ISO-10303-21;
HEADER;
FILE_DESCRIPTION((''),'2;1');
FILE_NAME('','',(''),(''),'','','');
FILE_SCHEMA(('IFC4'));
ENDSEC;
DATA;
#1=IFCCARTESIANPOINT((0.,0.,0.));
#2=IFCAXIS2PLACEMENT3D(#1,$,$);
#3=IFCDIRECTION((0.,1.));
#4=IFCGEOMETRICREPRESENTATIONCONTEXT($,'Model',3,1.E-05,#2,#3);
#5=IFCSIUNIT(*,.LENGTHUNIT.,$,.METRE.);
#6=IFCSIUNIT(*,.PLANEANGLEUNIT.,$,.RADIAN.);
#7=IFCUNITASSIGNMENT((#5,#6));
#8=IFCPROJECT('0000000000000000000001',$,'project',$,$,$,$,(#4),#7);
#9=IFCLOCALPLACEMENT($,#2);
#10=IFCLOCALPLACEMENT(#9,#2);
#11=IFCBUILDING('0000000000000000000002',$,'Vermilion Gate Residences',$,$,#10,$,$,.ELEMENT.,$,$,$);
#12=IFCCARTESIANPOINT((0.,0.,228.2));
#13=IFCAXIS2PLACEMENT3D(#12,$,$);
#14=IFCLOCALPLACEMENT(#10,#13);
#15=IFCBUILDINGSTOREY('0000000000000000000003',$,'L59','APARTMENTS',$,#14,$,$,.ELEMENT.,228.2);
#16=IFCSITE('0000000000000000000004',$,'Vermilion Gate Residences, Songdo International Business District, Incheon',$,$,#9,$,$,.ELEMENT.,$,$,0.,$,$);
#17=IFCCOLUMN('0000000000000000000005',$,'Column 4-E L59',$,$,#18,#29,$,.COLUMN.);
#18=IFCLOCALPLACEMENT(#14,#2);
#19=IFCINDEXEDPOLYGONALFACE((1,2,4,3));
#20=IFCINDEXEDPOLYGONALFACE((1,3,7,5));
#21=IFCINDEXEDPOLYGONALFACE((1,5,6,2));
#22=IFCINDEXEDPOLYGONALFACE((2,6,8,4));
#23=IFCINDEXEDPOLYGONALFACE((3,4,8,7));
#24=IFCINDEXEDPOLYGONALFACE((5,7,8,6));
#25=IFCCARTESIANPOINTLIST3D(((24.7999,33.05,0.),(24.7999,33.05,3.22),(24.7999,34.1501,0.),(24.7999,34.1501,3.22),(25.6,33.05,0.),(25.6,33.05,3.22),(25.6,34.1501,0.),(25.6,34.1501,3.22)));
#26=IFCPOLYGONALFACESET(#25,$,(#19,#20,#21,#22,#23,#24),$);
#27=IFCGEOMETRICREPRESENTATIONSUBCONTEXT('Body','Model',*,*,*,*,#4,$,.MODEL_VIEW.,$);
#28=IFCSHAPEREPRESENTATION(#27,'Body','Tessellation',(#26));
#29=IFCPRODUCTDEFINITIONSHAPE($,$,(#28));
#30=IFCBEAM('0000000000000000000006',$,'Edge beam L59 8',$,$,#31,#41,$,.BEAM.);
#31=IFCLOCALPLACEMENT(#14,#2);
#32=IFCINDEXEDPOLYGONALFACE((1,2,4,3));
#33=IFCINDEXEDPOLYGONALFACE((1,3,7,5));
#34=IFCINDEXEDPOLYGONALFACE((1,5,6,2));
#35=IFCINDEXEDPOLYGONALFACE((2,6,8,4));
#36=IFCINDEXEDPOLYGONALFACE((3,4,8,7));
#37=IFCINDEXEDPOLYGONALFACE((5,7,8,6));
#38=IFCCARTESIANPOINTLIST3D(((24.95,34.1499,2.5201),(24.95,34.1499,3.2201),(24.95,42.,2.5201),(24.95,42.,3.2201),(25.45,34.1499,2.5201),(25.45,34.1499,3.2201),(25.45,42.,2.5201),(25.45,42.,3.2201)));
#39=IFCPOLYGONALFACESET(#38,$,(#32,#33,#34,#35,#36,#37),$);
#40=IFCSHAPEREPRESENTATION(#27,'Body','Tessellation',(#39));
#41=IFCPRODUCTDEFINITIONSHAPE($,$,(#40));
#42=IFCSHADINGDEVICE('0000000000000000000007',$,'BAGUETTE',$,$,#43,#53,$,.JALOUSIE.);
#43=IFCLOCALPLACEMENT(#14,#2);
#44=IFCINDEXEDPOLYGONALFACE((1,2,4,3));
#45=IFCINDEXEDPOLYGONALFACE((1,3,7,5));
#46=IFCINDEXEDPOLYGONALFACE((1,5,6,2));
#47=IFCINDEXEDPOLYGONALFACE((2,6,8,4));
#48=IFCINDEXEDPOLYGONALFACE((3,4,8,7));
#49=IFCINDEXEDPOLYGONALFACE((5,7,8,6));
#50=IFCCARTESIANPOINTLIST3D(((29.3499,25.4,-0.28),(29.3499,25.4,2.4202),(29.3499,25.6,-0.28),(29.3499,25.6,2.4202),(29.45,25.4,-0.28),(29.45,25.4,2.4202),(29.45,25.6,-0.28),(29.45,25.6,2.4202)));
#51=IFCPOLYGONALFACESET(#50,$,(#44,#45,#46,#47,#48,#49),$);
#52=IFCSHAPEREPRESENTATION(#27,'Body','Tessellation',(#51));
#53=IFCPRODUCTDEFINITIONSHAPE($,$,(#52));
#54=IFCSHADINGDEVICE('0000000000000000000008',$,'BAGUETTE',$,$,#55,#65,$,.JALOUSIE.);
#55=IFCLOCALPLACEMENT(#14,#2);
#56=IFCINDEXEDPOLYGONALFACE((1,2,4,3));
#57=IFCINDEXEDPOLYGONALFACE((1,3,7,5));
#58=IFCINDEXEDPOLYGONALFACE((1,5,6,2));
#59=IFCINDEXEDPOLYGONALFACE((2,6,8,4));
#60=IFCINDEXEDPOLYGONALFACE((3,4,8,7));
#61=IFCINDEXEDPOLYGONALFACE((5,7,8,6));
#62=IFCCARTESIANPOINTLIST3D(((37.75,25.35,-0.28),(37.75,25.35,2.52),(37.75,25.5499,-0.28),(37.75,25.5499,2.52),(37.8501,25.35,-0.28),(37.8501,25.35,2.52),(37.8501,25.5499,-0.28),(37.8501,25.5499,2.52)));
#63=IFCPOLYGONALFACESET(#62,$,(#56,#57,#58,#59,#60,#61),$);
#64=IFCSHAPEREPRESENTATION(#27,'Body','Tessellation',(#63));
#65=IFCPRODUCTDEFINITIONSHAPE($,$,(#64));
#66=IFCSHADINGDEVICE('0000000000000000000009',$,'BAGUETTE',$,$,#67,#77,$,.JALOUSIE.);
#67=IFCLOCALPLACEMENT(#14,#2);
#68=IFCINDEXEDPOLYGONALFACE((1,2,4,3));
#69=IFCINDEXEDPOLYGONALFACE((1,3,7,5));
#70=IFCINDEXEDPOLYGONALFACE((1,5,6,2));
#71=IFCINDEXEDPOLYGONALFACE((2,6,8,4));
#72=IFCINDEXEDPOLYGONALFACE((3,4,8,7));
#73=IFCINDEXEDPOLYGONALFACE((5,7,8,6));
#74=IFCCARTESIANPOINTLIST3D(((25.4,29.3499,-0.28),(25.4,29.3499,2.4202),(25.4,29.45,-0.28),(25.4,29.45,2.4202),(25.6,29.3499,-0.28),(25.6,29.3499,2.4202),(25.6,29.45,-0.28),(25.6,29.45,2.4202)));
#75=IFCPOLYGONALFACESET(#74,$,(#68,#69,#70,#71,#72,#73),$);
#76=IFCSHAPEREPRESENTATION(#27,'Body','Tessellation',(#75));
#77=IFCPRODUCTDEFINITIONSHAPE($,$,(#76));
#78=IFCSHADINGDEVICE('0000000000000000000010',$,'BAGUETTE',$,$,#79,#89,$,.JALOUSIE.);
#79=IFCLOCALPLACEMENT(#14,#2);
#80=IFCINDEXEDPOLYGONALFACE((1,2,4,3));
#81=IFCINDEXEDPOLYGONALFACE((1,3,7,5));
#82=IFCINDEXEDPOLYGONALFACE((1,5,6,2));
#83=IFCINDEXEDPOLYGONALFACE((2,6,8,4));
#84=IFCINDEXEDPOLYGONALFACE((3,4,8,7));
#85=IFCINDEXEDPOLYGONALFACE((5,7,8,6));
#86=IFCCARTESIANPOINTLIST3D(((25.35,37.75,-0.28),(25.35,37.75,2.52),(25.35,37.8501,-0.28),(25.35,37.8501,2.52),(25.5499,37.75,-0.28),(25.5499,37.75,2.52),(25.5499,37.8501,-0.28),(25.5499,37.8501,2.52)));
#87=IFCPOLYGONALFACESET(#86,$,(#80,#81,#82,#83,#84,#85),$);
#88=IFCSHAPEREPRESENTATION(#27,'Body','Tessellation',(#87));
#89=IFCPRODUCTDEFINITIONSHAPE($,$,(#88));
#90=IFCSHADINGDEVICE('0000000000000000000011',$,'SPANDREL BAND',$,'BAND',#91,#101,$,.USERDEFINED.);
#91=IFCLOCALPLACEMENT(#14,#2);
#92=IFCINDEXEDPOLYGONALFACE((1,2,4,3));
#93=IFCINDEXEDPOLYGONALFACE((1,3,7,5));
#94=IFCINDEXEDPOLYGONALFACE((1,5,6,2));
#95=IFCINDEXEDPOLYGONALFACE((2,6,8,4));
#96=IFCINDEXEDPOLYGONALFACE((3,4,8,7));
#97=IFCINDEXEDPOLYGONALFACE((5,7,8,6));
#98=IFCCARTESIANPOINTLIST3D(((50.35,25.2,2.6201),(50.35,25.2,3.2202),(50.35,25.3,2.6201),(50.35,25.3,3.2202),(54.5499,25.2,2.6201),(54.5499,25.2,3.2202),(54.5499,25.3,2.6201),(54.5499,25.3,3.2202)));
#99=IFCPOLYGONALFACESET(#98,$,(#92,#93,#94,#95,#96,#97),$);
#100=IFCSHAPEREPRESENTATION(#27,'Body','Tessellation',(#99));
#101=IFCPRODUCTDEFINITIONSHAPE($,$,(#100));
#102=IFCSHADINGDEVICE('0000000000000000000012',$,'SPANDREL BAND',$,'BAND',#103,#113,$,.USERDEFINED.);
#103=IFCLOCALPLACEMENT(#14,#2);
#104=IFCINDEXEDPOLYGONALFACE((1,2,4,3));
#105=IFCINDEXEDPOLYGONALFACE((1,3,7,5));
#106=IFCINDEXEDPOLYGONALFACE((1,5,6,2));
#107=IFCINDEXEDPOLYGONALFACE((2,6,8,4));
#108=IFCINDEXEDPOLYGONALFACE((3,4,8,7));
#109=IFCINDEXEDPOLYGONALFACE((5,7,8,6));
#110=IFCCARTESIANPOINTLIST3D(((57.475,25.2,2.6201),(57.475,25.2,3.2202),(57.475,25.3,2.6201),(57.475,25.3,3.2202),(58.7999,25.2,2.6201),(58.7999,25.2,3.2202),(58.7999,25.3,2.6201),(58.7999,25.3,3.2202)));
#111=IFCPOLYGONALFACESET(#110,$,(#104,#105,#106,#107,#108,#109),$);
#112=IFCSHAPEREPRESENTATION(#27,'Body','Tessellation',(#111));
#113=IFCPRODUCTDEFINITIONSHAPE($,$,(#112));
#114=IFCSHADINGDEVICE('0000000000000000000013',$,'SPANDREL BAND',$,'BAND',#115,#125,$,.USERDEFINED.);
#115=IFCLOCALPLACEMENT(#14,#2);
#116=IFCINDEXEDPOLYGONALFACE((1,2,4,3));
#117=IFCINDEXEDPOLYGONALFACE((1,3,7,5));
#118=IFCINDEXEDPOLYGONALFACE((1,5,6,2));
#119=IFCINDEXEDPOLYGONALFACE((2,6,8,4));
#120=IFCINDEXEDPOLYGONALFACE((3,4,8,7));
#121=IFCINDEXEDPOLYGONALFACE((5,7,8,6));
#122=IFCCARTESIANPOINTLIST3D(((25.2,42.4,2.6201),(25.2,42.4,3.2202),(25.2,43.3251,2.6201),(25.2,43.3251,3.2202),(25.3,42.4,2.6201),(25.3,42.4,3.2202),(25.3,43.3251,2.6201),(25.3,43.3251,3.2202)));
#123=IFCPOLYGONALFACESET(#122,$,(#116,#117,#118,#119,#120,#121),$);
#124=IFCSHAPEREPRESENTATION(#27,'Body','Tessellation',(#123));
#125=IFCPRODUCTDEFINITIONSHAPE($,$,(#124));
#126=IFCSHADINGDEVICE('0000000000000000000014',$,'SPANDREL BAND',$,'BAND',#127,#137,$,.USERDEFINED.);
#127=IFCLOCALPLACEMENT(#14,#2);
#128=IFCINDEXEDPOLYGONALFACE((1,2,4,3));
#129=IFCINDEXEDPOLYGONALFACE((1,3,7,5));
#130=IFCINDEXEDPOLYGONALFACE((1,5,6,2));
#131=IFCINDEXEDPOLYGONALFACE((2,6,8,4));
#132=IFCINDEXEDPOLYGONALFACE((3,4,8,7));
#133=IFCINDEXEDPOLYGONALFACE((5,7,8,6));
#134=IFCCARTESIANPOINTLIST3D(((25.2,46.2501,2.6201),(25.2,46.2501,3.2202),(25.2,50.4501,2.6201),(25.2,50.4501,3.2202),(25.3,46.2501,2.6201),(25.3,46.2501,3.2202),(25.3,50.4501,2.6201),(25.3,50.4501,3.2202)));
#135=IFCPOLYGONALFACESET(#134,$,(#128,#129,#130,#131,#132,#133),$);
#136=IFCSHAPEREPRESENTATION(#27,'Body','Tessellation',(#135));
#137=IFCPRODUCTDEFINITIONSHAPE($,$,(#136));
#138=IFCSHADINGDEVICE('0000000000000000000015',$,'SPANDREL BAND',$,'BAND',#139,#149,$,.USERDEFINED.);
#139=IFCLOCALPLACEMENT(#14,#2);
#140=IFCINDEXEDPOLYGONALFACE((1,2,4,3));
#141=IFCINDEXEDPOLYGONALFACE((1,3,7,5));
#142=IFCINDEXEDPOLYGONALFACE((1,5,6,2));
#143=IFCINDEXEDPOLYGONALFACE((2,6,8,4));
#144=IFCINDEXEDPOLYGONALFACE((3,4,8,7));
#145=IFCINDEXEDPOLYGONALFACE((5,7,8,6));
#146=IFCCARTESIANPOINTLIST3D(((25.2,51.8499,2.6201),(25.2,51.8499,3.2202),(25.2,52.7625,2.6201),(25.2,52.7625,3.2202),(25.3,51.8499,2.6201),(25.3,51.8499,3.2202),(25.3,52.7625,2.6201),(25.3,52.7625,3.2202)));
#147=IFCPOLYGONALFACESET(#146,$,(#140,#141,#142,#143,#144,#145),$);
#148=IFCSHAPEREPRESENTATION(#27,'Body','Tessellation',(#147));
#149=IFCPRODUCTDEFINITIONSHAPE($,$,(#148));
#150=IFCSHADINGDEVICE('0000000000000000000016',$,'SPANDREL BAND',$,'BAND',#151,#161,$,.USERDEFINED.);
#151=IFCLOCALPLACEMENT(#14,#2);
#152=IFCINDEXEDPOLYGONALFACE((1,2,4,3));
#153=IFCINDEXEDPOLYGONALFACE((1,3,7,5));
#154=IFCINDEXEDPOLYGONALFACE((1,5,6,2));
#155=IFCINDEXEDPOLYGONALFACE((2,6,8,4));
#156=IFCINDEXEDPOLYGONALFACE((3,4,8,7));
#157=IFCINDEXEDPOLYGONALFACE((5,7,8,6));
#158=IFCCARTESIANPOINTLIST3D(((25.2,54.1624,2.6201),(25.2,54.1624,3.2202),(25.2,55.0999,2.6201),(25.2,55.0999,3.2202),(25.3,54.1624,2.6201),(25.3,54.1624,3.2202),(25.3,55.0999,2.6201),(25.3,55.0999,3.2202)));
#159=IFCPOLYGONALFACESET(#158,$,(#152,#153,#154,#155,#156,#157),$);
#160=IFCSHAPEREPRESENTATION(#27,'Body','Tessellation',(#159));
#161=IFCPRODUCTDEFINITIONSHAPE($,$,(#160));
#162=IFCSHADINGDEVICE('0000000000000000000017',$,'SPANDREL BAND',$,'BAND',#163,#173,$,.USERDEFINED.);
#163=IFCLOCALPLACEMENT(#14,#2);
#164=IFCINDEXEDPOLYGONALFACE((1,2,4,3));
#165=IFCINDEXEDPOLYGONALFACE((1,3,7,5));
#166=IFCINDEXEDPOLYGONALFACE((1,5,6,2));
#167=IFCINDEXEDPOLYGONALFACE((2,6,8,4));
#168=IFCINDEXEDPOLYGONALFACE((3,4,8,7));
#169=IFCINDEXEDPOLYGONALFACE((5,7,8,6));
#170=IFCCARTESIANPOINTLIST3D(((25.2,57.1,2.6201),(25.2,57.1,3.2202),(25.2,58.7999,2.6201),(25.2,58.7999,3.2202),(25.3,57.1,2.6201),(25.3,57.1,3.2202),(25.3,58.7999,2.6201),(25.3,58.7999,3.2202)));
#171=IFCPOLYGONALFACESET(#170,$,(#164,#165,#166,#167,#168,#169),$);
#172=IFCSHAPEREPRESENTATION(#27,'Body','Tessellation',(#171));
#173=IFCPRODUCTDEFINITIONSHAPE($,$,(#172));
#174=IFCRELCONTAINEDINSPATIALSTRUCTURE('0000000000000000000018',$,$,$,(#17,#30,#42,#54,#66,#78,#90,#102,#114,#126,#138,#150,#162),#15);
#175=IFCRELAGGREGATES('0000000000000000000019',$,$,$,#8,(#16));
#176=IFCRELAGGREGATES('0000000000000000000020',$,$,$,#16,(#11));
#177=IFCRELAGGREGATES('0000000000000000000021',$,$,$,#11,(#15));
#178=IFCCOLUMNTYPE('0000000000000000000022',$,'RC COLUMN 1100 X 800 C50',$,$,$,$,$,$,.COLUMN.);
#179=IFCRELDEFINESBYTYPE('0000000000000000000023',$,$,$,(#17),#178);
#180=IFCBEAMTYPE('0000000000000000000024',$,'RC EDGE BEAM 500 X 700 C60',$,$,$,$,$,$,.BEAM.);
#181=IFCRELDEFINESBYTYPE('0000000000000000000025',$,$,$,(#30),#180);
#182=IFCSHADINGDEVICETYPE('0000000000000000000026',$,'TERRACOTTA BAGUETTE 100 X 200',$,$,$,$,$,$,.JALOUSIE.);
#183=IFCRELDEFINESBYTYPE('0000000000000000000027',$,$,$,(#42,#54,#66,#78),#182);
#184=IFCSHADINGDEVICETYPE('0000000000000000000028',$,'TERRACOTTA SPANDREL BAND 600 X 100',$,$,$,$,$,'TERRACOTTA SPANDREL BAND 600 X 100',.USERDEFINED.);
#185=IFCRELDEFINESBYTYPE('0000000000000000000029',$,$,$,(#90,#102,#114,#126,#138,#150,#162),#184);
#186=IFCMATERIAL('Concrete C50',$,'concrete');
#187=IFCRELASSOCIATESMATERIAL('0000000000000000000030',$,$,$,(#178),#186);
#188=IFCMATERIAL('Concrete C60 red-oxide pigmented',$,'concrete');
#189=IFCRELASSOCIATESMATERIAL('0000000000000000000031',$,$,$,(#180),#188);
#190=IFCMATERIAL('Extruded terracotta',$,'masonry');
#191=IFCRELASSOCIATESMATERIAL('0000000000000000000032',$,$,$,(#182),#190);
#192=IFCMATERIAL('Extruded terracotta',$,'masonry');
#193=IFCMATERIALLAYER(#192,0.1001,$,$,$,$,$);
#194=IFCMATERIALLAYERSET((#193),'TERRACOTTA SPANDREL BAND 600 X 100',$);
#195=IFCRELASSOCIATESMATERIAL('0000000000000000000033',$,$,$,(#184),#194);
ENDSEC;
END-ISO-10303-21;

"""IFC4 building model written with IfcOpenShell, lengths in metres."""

from ifc_helpers import new_model, si_unit, direction, frame, origin, origin_2d, place, context, subcontext, project, spatial, rectangle, extrude, material, layer, layer_set, material_profile, profile_set, type_object, element, save


model = new_model("IFC4")

# Units and contexts
model_context = context("Model", 3, precision=1e-05, world=origin(), true_north=direction((0.0, 1.0)))
body_context = subcontext(model_context, "Body", "Model", "MODEL_VIEW")
ifc_project = project(units=[si_unit("LENGTHUNIT", "METRE"), si_unit("PLANEANGLEUNIT", "RADIAN")], contexts=[model_context])

# Site, building, storey
site_placement = place(None, origin())
site = spatial("IfcSite", under=ifc_project, at=site_placement, Name="Vermilion Gate Residences, Songdo International Business District, Incheon", CompositionType="ELEMENT", RefElevation=0.0)
building_placement = place(site_placement, origin())
building = spatial("IfcBuilding", under=site, at=building_placement, Name="Vermilion Gate Residences", CompositionType="ELEMENT")
storey_placement = place(building_placement, frame((0.0, 0.0, 228.2)))
storey = spatial("IfcBuildingStorey", under=building, at=storey_placement, Name="L59", Description="APARTMENTS", CompositionType="ELEMENT", Elevation=228.2)

# Column
ifc_material_1 = material(Name="Concrete C50", Category="concrete")
ifc_material_profile_1 = material_profile(ifc_material_1, rectangle(XDim=1.1001, YDim=0.8, at=origin_2d()), Name="RC-1100x800")
ifc_profile_set_1 = profile_set([ifc_material_profile_1], Name="Concrete C50")
column_type = type_object("IfcColumnType", Name="RC COLUMN 1100 X 800 C50", PredefinedType="COLUMN", material=ifc_profile_set_1)
column_placement = place(storey_placement, frame((25.2, 33.6001, 0.0), z_axis=(0.0, 0.0, 1.0), x_axis=(0.0, 1.0, 0.0)))
element("IfcColumn", 1, at=column_placement, inside=storey, type_object=column_type, Name="Column 4-E L59", PredefinedType="COLUMN", context=body_context, shape_type="SweptSolid", body=[
    extrude(rectangle(XDim=1.1001, YDim=0.8, at=origin_2d()), origin(), (0.0, 0.0, 1.0), 3.22),
])

# Beam
ifc_material_2 = material(Name="Concrete C60 red-oxide pigmented", Category="concrete")
ifc_material_profile_2 = material_profile(ifc_material_2, rectangle(XDim=0.5, YDim=0.7, at=origin_2d()), Name="RC-500x700")
ifc_profile_set_2 = profile_set([ifc_material_profile_2], Name="Concrete C60 red-oxide pigmented")
beam_type = type_object("IfcBeamType", Name="RC EDGE BEAM 500 X 700 C60", PredefinedType="BEAM", material=ifc_profile_set_2)
beam_placement = place(storey_placement, frame((25.2, 34.1499, 2.8701), z_axis=(0.0, 1.0, 0.0), x_axis=(-1.0, 0.0, 0.0)))
element("IfcBeam", 2, at=beam_placement, inside=storey, type_object=beam_type, Name="Edge beam L59 8", PredefinedType="BEAM", context=body_context, shape_type="SweptSolid", body=[
    extrude(rectangle(XDim=0.5, YDim=0.7, at=origin_2d()), origin(), (0.0, 0.0, 1.0), 7.8501),
])

# Shading devices
ifc_material_3 = material(Name="Extruded terracotta", Category="masonry")
ifc_material_profile_3 = material_profile(ifc_material_3, rectangle(XDim=0.2, YDim=0.1001, at=origin_2d()), Name="BAGUETTE 100 X 200")
ifc_profile_set_3 = profile_set([ifc_material_profile_3], Name="Extruded terracotta")
shading_device_type_1 = type_object("IfcShadingDeviceType", Name="TERRACOTTA BAGUETTE 100 X 200", PredefinedType="JALOUSIE", material=ifc_profile_set_3)
shading_device_1_placement = place(storey_placement, frame((29.3999, 25.5, -0.28), z_axis=(0.0, 0.0, 1.0), x_axis=(0.0, -1.0, 0.0)))
element("IfcShadingDevice", 3, at=shading_device_1_placement, inside=storey, type_object=shading_device_type_1, Name="BAGUETTE", PredefinedType="JALOUSIE", context=body_context, shape_type="SweptSolid", body=[
    extrude(rectangle(XDim=0.2, YDim=0.1001, at=origin_2d()), origin(), (0.0, 0.0, 1.0), 2.7002),
])
shading_device_2_placement = place(storey_placement, frame((37.8, 25.45, -0.28), z_axis=(0.0, 0.0, 1.0), x_axis=(0.0, -1.0, 0.0)))
element("IfcShadingDevice", 4, at=shading_device_2_placement, inside=storey, type_object=shading_device_type_1, Name="BAGUETTE", PredefinedType="JALOUSIE", context=body_context, shape_type="SweptSolid", body=[
    extrude(rectangle(XDim=0.2, YDim=0.1001, at=origin_2d()), origin(), (0.0, 0.0, 1.0), 2.8),
])
shading_device_3_placement = place(storey_placement, frame((25.5, 29.3999, -0.28), z_axis=(0.0, 0.0, 1.0), x_axis=(-1.0, 0.0, 0.0)))
element("IfcShadingDevice", 5, at=shading_device_3_placement, inside=storey, type_object=shading_device_type_1, Name="BAGUETTE", PredefinedType="JALOUSIE", context=body_context, shape_type="SweptSolid", body=[
    extrude(rectangle(XDim=0.2, YDim=0.1001, at=origin_2d()), origin(), (0.0, 0.0, 1.0), 2.7002),
])
shading_device_4_placement = place(storey_placement, frame((25.45, 37.8, -0.28), z_axis=(0.0, 0.0, 1.0), x_axis=(-1.0, 0.0, 0.0)))
element("IfcShadingDevice", 6, at=shading_device_4_placement, inside=storey, type_object=shading_device_type_1, Name="BAGUETTE", PredefinedType="JALOUSIE", context=body_context, shape_type="SweptSolid", body=[
    extrude(rectangle(XDim=0.2, YDim=0.1001, at=origin_2d()), origin(), (0.0, 0.0, 1.0), 2.8),
])
ifc_material_4 = material(Name="Extruded terracotta", Category="masonry")
ifc_layer = layer(ifc_material_4, 0.1001)
ifc_layer_set = layer_set([ifc_layer], Name="TERRACOTTA SPANDREL BAND 600 X 100")
shading_device_type_2 = type_object("IfcShadingDeviceType", Name="TERRACOTTA SPANDREL BAND 600 X 100", ElementType="TERRACOTTA SPANDREL BAND 600 X 100", PredefinedType="USERDEFINED", material=ifc_layer_set)
shading_device_5_placement = place(storey_placement, frame((52.45, 25.25, 2.6201), z_axis=(0.0, 0.0, 1.0), x_axis=(1.0, 0.0, 0.0)))
element("IfcShadingDevice", 7, at=shading_device_5_placement, inside=storey, type_object=shading_device_type_2, Name="SPANDREL BAND", ObjectType="BAND", PredefinedType="USERDEFINED", context=body_context, shape_type="SweptSolid", body=[
    extrude(rectangle(XDim=4.2, YDim=0.1001, at=origin_2d()), origin(), (0.0, 0.0, 1.0), 0.6001),
])
shading_device_6_placement = place(storey_placement, frame((58.1375, 25.25, 2.6201), z_axis=(0.0, 0.0, 1.0), x_axis=(1.0, 0.0, 0.0)))
element("IfcShadingDevice", 8, at=shading_device_6_placement, inside=storey, type_object=shading_device_type_2, Name="SPANDREL BAND", ObjectType="BAND", PredefinedType="USERDEFINED", context=body_context, shape_type="SweptSolid", body=[
    extrude(rectangle(XDim=1.325, YDim=0.1001, at=origin_2d()), origin(), (0.0, 0.0, 1.0), 0.6001),
])
shading_device_7_placement = place(storey_placement, frame((25.25, 42.8625, 2.6201), z_axis=(0.0, 0.0, 1.0), x_axis=(0.0, 1.0, 0.0)))
element("IfcShadingDevice", 9, at=shading_device_7_placement, inside=storey, type_object=shading_device_type_2, Name="SPANDREL BAND", ObjectType="BAND", PredefinedType="USERDEFINED", context=body_context, shape_type="SweptSolid", body=[
    extrude(rectangle(XDim=0.925, YDim=0.1001, at=origin_2d()), origin(), (0.0, 0.0, 1.0), 0.6001),
])
shading_device_8_placement = place(storey_placement, frame((25.25, 48.3501, 2.6201), z_axis=(0.0, 0.0, 1.0), x_axis=(0.0, 1.0, 0.0)))
element("IfcShadingDevice", 10, at=shading_device_8_placement, inside=storey, type_object=shading_device_type_2, Name="SPANDREL BAND", ObjectType="BAND", PredefinedType="USERDEFINED", context=body_context, shape_type="SweptSolid", body=[
    extrude(rectangle(XDim=4.2, YDim=0.1001, at=origin_2d()), origin(), (0.0, 0.0, 1.0), 0.6001),
])
shading_device_9_placement = place(storey_placement, frame((25.25, 52.3062, 2.6201), z_axis=(0.0, 0.0, 1.0), x_axis=(0.0, 1.0, 0.0)))
element("IfcShadingDevice", 11, at=shading_device_9_placement, inside=storey, type_object=shading_device_type_2, Name="SPANDREL BAND", ObjectType="BAND", PredefinedType="USERDEFINED", context=body_context, shape_type="SweptSolid", body=[
    extrude(rectangle(XDim=0.9126, YDim=0.1001, at=origin_2d()), origin(), (0.0, 0.0, 1.0), 0.6001),
])
shading_device_10_placement = place(storey_placement, frame((25.25, 54.6311, 2.6201), z_axis=(0.0, 0.0, 1.0), x_axis=(0.0, 1.0, 0.0)))
element("IfcShadingDevice", 12, at=shading_device_10_placement, inside=storey, type_object=shading_device_type_2, Name="SPANDREL BAND", ObjectType="BAND", PredefinedType="USERDEFINED", context=body_context, shape_type="SweptSolid", body=[
    extrude(rectangle(XDim=0.9375, YDim=0.1001, at=origin_2d()), origin(), (0.0, 0.0, 1.0), 0.6001),
])
shading_device_11_placement = place(storey_placement, frame((25.25, 57.95, 2.6201), z_axis=(0.0, 0.0, 1.0), x_axis=(0.0, 1.0, 0.0)))
element("IfcShadingDevice", 13, at=shading_device_11_placement, inside=storey, type_object=shading_device_type_2, Name="SPANDREL BAND", ObjectType="BAND", PredefinedType="USERDEFINED", context=body_context, shape_type="SweptSolid", body=[
    extrude(rectangle(XDim=1.7, YDim=0.1001, at=origin_2d()), origin(), (0.0, 0.0, 1.0), 0.6001),
])

save(model, "model.ifc")
